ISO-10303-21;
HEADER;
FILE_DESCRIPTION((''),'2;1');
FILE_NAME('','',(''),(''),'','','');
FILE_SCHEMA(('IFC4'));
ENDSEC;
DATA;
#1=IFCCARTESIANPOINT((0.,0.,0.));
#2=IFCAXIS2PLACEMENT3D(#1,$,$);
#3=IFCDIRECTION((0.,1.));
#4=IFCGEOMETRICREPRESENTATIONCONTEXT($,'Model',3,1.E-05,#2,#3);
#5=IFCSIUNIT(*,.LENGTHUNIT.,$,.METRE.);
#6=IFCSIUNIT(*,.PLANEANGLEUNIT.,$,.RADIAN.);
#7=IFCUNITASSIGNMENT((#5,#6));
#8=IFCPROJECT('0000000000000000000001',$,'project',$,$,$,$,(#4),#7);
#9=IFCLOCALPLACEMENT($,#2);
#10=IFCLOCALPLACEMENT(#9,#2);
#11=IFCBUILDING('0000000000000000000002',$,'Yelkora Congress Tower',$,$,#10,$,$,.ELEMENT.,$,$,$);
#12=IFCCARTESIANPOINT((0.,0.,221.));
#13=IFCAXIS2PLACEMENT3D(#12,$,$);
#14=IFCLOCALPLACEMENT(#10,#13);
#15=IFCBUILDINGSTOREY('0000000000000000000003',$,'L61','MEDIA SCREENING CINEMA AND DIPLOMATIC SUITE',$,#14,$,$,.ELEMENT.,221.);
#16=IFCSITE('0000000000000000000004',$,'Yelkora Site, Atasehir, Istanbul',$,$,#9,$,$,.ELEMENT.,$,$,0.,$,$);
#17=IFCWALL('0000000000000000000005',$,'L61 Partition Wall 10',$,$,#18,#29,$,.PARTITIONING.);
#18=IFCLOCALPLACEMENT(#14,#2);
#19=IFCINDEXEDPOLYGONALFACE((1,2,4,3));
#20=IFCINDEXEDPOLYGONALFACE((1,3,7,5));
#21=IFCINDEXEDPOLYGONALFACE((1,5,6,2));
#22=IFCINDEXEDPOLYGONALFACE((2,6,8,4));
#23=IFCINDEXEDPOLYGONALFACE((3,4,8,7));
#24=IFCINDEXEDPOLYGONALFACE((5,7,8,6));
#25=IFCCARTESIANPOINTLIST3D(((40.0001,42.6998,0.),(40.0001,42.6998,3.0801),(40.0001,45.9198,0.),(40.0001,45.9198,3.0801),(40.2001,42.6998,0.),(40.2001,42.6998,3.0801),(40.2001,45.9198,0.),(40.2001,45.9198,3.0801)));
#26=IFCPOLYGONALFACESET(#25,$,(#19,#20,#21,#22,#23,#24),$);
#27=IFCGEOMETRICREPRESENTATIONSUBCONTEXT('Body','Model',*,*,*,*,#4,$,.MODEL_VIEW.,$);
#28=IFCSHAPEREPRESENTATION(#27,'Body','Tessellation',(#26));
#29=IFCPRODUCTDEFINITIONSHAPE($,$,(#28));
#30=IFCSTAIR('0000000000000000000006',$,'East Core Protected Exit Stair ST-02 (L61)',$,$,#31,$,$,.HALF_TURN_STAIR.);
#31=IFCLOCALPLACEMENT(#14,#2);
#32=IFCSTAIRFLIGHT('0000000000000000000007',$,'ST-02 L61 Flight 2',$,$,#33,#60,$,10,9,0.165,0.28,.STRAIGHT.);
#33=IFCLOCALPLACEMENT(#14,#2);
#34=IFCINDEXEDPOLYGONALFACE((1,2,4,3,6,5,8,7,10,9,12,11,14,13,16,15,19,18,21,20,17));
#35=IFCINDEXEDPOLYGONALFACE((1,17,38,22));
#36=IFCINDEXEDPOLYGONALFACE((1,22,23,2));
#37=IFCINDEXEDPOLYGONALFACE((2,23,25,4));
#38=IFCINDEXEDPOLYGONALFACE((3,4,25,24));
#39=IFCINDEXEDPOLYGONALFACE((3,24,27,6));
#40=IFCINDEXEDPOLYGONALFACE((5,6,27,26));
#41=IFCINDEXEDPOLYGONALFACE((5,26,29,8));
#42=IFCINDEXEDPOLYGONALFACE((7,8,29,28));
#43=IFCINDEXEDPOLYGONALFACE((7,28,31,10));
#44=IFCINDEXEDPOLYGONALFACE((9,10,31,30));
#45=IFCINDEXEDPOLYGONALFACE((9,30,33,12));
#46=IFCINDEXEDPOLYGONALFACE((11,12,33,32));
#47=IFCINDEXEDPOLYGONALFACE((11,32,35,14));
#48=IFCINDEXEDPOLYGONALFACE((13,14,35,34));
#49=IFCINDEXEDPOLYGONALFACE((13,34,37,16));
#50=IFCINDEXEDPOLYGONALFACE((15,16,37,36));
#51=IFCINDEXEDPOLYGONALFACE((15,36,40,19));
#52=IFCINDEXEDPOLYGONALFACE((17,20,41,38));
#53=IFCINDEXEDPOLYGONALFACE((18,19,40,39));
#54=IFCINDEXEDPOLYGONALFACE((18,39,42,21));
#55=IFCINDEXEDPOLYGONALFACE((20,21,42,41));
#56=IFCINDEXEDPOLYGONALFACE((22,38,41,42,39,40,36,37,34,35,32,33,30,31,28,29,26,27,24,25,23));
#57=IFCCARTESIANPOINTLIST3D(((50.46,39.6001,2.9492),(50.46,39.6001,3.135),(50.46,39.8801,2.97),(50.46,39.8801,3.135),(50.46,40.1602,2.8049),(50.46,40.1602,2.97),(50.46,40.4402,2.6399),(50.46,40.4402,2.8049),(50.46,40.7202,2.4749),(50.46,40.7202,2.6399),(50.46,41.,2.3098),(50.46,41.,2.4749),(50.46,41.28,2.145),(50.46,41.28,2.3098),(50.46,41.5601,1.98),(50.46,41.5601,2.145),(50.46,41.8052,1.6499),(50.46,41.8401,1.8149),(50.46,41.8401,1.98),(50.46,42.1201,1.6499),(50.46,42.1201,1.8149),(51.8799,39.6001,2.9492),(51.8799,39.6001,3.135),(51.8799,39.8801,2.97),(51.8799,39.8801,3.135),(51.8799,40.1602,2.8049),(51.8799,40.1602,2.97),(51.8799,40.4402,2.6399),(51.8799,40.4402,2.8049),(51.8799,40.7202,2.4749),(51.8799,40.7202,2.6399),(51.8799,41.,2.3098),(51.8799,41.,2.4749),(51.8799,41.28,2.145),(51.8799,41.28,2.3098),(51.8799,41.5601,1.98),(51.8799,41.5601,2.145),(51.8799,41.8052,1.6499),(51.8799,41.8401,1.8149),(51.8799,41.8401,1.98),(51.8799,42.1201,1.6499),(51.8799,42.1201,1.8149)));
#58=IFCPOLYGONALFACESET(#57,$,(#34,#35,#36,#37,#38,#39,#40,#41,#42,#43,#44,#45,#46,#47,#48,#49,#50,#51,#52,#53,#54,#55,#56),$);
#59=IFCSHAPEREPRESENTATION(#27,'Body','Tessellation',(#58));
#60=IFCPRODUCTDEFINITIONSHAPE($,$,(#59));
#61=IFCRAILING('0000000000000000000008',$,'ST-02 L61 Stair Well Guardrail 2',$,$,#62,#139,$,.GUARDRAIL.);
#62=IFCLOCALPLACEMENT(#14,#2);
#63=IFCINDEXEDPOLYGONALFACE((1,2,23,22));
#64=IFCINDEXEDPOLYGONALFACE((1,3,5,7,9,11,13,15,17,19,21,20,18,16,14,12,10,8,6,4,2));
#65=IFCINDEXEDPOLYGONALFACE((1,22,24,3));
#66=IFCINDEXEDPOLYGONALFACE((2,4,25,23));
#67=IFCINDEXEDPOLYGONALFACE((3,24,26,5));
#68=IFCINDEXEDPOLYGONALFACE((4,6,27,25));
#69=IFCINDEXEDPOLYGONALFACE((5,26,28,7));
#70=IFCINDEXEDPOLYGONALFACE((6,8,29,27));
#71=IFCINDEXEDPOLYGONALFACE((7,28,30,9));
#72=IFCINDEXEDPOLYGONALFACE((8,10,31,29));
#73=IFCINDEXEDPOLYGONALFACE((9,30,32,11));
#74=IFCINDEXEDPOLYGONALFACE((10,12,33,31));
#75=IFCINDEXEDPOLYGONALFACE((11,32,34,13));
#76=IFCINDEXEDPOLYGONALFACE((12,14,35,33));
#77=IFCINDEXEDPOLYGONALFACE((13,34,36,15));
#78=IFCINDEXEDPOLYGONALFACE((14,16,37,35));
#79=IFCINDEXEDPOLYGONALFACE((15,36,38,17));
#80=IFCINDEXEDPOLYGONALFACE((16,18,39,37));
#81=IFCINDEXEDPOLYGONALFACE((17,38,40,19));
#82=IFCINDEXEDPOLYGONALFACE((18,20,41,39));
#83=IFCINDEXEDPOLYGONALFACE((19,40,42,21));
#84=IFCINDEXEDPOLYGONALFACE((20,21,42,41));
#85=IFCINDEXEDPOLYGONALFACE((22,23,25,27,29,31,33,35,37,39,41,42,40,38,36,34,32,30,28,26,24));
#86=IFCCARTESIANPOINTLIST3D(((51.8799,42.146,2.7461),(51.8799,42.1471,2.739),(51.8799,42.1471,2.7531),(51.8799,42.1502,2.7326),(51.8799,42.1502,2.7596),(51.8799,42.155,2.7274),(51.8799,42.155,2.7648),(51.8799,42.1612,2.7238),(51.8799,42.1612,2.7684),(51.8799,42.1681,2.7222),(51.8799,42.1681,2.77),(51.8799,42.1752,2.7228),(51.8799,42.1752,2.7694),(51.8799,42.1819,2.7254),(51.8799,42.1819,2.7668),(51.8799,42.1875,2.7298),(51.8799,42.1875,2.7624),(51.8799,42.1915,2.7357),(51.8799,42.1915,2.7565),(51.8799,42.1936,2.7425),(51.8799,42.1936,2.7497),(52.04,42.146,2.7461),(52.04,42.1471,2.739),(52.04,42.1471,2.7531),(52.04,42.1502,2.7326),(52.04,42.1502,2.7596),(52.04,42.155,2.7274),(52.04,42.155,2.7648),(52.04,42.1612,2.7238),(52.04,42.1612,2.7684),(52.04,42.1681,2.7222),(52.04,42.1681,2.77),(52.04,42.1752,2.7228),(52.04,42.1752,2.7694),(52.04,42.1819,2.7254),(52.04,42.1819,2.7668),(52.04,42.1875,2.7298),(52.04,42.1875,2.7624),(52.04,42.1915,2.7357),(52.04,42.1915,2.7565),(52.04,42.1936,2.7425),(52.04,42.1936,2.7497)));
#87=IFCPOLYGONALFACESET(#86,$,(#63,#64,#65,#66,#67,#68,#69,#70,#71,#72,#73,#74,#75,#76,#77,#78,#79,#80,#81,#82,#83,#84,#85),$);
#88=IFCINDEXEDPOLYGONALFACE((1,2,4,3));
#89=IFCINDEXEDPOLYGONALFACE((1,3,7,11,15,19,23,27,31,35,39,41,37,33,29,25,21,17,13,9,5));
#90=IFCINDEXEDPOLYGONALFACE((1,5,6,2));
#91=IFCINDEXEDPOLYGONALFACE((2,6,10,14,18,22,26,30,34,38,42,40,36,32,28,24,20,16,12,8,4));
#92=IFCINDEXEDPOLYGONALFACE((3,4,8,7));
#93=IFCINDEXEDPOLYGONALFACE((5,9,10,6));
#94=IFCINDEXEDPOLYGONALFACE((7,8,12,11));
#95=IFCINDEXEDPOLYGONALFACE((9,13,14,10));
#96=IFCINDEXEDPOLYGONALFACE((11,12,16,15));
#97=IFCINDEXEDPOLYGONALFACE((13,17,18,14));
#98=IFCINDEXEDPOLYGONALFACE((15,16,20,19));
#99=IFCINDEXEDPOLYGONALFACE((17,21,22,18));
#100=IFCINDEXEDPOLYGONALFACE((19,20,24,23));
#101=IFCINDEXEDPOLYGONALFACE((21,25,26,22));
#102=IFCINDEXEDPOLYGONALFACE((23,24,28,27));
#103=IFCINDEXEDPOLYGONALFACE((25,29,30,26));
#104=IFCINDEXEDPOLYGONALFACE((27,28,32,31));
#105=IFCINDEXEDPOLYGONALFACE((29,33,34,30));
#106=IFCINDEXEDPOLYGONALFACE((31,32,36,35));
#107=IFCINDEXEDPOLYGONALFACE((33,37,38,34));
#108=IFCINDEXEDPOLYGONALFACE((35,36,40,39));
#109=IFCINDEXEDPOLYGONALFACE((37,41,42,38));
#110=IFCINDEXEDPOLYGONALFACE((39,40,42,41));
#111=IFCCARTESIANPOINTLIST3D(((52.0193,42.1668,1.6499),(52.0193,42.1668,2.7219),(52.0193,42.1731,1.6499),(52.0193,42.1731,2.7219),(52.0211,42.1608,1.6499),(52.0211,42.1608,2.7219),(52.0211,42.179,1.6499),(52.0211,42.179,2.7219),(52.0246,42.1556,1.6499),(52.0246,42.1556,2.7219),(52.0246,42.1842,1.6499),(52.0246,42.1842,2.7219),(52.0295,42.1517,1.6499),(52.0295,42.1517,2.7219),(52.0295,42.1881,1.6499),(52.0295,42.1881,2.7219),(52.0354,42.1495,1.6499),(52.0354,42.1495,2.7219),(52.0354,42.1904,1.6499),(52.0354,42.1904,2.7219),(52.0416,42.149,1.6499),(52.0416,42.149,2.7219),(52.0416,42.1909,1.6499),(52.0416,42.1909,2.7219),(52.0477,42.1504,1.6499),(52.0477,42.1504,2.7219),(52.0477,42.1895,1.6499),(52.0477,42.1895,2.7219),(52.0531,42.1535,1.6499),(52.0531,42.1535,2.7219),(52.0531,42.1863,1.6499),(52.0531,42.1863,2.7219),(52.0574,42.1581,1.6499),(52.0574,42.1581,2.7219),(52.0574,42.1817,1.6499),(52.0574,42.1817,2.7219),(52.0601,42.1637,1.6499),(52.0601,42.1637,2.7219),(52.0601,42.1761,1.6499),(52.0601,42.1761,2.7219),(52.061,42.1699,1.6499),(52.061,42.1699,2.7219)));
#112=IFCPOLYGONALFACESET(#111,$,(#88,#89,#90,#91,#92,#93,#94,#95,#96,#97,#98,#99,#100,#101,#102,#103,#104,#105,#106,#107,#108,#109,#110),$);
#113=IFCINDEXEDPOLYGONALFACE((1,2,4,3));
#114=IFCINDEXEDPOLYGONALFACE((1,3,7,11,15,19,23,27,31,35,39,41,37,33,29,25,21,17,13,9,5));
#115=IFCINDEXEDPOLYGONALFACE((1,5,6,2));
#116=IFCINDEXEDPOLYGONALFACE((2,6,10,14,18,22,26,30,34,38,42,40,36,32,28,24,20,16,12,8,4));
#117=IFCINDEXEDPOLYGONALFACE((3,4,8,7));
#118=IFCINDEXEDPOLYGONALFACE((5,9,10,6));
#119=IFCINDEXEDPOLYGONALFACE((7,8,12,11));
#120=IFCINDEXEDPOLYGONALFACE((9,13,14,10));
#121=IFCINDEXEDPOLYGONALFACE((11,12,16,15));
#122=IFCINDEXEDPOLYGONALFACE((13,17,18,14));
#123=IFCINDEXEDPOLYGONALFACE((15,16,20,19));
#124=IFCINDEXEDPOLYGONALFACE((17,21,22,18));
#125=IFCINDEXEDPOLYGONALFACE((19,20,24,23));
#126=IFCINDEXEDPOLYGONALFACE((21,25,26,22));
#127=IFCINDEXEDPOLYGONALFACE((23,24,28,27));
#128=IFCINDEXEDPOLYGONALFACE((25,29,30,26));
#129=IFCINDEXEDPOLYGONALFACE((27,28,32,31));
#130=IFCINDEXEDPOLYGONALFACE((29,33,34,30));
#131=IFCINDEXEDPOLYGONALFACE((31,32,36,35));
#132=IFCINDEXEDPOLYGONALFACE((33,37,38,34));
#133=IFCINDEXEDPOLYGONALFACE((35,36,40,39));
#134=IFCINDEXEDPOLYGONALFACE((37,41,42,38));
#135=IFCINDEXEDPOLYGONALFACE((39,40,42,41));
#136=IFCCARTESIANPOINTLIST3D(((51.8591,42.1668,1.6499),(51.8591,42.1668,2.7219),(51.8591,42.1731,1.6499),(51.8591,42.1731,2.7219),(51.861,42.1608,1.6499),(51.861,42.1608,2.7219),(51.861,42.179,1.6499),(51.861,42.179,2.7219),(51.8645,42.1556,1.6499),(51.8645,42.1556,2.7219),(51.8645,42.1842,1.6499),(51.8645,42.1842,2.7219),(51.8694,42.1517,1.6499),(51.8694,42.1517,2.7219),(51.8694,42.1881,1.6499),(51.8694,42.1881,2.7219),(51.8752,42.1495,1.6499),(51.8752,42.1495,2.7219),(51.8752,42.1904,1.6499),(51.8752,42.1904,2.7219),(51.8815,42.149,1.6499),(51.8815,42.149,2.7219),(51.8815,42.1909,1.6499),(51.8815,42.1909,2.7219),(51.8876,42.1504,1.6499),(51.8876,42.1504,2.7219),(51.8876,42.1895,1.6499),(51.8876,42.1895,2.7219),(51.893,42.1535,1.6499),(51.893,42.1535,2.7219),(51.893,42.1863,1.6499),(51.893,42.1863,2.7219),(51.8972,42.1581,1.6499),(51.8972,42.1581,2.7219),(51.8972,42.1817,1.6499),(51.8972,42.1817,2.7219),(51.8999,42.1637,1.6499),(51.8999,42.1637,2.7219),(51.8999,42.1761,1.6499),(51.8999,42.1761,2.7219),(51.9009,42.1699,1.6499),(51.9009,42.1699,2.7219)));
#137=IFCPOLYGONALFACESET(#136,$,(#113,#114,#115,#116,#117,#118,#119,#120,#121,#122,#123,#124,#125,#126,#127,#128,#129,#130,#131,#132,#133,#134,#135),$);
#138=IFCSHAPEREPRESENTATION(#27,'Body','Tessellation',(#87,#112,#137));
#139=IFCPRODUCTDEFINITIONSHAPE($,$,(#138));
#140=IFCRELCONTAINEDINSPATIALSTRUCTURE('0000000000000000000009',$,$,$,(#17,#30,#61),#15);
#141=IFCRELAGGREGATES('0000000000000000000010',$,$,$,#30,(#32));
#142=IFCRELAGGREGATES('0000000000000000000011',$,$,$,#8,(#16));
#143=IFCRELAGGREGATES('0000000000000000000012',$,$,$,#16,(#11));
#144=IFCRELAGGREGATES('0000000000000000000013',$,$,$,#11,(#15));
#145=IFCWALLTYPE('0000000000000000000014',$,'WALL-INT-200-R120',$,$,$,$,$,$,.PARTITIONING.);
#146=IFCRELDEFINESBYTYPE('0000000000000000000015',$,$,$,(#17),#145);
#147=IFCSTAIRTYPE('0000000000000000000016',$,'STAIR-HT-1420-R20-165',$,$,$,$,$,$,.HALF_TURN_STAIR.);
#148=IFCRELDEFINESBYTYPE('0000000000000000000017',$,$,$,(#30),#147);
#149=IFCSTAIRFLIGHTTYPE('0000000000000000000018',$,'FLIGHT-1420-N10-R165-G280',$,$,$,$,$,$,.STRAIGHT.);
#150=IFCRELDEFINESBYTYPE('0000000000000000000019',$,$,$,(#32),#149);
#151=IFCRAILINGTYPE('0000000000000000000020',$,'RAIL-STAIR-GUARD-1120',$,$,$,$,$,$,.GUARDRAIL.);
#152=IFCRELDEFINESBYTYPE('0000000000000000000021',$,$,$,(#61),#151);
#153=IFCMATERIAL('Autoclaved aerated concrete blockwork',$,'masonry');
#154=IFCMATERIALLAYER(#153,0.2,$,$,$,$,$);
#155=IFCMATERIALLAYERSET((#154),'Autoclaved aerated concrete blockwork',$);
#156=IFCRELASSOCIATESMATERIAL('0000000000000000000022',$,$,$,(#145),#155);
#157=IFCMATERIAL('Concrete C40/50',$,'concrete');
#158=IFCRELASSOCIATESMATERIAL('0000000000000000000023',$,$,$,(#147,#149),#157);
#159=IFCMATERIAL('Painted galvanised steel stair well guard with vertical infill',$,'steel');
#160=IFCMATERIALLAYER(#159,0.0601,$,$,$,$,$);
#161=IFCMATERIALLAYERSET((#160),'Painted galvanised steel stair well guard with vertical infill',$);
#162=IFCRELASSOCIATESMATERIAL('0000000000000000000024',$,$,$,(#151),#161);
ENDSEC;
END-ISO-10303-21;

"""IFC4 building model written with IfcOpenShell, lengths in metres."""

from ifc_helpers import new_model, si_unit, direction, frame, frame_2d, origin, origin_2d, place, context, subcontext, project, spatial, polyline, rectangle, circle, outline, extrude, material, layer, layer_set, type_object, element, aggregate, save


model = new_model("IFC4")

# Units and contexts
model_context = context("Model", 3, precision=1e-05, world=origin(), true_north=direction((0.0, 1.0)))
body_context = subcontext(model_context, "Body", "Model", "MODEL_VIEW")
ifc_project = project(units=[si_unit("LENGTHUNIT", "METRE"), si_unit("PLANEANGLEUNIT", "RADIAN")], contexts=[model_context])

# Site, building, storey
site_placement = place(None, origin())
site = spatial("IfcSite", under=ifc_project, at=site_placement, Name="Yelkora Site, Atasehir, Istanbul", CompositionType="ELEMENT", RefElevation=0.0)
building_placement = place(site_placement, origin())
building = spatial("IfcBuilding", under=site, at=building_placement, Name="Yelkora Congress Tower", CompositionType="ELEMENT")
storey_placement = place(building_placement, frame((0.0, 0.0, 221.0)))
storey = spatial("IfcBuildingStorey", under=building, at=storey_placement, Name="L61", Description="MEDIA SCREENING CINEMA AND DIPLOMATIC SUITE", CompositionType="ELEMENT", Elevation=221.0)

# Wall
ifc_material_1 = material(Name="Autoclaved aerated concrete blockwork", Category="masonry")
ifc_layer_1 = layer(ifc_material_1, 0.2)
ifc_layer_set_1 = layer_set([ifc_layer_1], Name="Autoclaved aerated concrete blockwork")
wall_type_1 = type_object("IfcWallType", Name="WALL-INT-200-R120", PredefinedType="PARTITIONING", material=ifc_layer_set_1)
wall_1_placement = place(storey_placement, frame((40.1001, 42.7, 0.0), z_axis=(0.0, 0.0, 1.0), x_axis=(0.0, 1.0, 0.0)))
element("IfcWall", 1, at=wall_1_placement, inside=storey, type_object=wall_type_1, Name="L61 Partition Wall 10", PredefinedType="PARTITIONING", context=body_context, shape_type="SweptSolid", body=[
    extrude(rectangle(XDim=3.22, YDim=0.2, at=frame_2d((1.6099, 0.0))), origin(), (0.0, 0.0, 1.0), 3.0801),
])

# Stair, stair flight
ifc_material_2 = material(Name="Concrete C40/50", Category="concrete")
stair_type = type_object("IfcStairType", Name="STAIR-HT-1420-R20-165", PredefinedType="HALF_TURN_STAIR", material=ifc_material_2)
stair_placement = place(storey_placement, origin())
stair = element("IfcStair", 2, at=stair_placement, inside=storey, type_object=stair_type, Name="East Core Protected Exit Stair ST-02 (L61)", PredefinedType="HALF_TURN_STAIR")
stair_flight_type = type_object("IfcStairFlightType", Name="FLIGHT-1420-N10-R165-G280", PredefinedType="STRAIGHT", material=ifc_material_2)
stair_flight_placement = place(storey_placement, frame((51.1699, 42.1201, 1.6499), z_axis=(0.0, 0.0, 1.0), x_axis=(0.0, -1.0, 0.0)))
stair_flight = element("IfcStairFlight", 3, at=stair_flight_placement, type_object=stair_flight_type, Name="ST-02 L61 Flight 2", NumberOfRisers=10, NumberOfTreads=9, PredefinedType="STRAIGHT", RiserHeight=0.165, TreadLength=0.28, context=body_context, shape_type="SweptSolid", body=[
    extrude(outline(polyline([(0.0, 0.0), (0.0, 0.165), (0.28, 0.165), (0.28, 0.3301), (0.5601, 0.3301), (0.5601, 0.4951), (0.8401, 0.4951), (0.8401, 0.6599), (1.1201, 0.6599), (1.1201, 0.825), (1.3999, 0.825), (1.3999, 0.99), (1.6799, 0.99), (1.6799, 1.155), (1.96, 1.155), (1.96, 1.3201), (2.24, 1.3201), (2.24, 1.4851), (2.52, 1.4851), (2.52, 1.6499), (2.52, 1.2993), (0.3149, 0.0), (0.0, 0.0)])), frame((0.0, 0.71, 0.0), z_axis=(0.0, -1.0, 0.0), x_axis=(1.0, 0.0, 0.0)), (0.0, 0.0, 1.0), 1.4199),
])
aggregate(stair, [stair_flight])

# Railing
ifc_material_3 = material(Name="Painted galvanised steel stair well guard with vertical infill", Category="steel")
ifc_layer_2 = layer(ifc_material_3, 0.0601)
ifc_layer_set_2 = layer_set([ifc_layer_2], Name="Painted galvanised steel stair well guard with vertical infill")
railing_type = type_object("IfcRailingType", Name="RAIL-STAIR-GUARD-1120", PredefinedType="GUARDRAIL", material=ifc_layer_set_2)
railing_1_placement = place(storey_placement, frame((52.04, 42.1699, 1.6499)))
element("IfcRailing", 4, at=railing_1_placement, inside=storey, type_object=railing_type, Name="ST-02 L61 Stair Well Guardrail 2", PredefinedType="GUARDRAIL", context=body_context, shape_type="SweptSolid", body=[
    extrude(circle(Radius=0.0239, at=origin_2d()), frame((0.0, 0.0, 1.0962), z_axis=(-1.0, 0.0, 0.0), x_axis=(0.0, -1.0, 0.0)), (0.0, 0.0, 1.0), 0.1602),
    extrude(circle(Radius=0.021, at=origin_2d()), origin(), (0.0, 0.0, 1.0), 1.072),
    extrude(circle(Radius=0.021, at=origin_2d()), frame((-0.1602, 0.0, 0.0)), (0.0, 0.0, 1.0), 1.072),
])

save(model, "model.ifc")
